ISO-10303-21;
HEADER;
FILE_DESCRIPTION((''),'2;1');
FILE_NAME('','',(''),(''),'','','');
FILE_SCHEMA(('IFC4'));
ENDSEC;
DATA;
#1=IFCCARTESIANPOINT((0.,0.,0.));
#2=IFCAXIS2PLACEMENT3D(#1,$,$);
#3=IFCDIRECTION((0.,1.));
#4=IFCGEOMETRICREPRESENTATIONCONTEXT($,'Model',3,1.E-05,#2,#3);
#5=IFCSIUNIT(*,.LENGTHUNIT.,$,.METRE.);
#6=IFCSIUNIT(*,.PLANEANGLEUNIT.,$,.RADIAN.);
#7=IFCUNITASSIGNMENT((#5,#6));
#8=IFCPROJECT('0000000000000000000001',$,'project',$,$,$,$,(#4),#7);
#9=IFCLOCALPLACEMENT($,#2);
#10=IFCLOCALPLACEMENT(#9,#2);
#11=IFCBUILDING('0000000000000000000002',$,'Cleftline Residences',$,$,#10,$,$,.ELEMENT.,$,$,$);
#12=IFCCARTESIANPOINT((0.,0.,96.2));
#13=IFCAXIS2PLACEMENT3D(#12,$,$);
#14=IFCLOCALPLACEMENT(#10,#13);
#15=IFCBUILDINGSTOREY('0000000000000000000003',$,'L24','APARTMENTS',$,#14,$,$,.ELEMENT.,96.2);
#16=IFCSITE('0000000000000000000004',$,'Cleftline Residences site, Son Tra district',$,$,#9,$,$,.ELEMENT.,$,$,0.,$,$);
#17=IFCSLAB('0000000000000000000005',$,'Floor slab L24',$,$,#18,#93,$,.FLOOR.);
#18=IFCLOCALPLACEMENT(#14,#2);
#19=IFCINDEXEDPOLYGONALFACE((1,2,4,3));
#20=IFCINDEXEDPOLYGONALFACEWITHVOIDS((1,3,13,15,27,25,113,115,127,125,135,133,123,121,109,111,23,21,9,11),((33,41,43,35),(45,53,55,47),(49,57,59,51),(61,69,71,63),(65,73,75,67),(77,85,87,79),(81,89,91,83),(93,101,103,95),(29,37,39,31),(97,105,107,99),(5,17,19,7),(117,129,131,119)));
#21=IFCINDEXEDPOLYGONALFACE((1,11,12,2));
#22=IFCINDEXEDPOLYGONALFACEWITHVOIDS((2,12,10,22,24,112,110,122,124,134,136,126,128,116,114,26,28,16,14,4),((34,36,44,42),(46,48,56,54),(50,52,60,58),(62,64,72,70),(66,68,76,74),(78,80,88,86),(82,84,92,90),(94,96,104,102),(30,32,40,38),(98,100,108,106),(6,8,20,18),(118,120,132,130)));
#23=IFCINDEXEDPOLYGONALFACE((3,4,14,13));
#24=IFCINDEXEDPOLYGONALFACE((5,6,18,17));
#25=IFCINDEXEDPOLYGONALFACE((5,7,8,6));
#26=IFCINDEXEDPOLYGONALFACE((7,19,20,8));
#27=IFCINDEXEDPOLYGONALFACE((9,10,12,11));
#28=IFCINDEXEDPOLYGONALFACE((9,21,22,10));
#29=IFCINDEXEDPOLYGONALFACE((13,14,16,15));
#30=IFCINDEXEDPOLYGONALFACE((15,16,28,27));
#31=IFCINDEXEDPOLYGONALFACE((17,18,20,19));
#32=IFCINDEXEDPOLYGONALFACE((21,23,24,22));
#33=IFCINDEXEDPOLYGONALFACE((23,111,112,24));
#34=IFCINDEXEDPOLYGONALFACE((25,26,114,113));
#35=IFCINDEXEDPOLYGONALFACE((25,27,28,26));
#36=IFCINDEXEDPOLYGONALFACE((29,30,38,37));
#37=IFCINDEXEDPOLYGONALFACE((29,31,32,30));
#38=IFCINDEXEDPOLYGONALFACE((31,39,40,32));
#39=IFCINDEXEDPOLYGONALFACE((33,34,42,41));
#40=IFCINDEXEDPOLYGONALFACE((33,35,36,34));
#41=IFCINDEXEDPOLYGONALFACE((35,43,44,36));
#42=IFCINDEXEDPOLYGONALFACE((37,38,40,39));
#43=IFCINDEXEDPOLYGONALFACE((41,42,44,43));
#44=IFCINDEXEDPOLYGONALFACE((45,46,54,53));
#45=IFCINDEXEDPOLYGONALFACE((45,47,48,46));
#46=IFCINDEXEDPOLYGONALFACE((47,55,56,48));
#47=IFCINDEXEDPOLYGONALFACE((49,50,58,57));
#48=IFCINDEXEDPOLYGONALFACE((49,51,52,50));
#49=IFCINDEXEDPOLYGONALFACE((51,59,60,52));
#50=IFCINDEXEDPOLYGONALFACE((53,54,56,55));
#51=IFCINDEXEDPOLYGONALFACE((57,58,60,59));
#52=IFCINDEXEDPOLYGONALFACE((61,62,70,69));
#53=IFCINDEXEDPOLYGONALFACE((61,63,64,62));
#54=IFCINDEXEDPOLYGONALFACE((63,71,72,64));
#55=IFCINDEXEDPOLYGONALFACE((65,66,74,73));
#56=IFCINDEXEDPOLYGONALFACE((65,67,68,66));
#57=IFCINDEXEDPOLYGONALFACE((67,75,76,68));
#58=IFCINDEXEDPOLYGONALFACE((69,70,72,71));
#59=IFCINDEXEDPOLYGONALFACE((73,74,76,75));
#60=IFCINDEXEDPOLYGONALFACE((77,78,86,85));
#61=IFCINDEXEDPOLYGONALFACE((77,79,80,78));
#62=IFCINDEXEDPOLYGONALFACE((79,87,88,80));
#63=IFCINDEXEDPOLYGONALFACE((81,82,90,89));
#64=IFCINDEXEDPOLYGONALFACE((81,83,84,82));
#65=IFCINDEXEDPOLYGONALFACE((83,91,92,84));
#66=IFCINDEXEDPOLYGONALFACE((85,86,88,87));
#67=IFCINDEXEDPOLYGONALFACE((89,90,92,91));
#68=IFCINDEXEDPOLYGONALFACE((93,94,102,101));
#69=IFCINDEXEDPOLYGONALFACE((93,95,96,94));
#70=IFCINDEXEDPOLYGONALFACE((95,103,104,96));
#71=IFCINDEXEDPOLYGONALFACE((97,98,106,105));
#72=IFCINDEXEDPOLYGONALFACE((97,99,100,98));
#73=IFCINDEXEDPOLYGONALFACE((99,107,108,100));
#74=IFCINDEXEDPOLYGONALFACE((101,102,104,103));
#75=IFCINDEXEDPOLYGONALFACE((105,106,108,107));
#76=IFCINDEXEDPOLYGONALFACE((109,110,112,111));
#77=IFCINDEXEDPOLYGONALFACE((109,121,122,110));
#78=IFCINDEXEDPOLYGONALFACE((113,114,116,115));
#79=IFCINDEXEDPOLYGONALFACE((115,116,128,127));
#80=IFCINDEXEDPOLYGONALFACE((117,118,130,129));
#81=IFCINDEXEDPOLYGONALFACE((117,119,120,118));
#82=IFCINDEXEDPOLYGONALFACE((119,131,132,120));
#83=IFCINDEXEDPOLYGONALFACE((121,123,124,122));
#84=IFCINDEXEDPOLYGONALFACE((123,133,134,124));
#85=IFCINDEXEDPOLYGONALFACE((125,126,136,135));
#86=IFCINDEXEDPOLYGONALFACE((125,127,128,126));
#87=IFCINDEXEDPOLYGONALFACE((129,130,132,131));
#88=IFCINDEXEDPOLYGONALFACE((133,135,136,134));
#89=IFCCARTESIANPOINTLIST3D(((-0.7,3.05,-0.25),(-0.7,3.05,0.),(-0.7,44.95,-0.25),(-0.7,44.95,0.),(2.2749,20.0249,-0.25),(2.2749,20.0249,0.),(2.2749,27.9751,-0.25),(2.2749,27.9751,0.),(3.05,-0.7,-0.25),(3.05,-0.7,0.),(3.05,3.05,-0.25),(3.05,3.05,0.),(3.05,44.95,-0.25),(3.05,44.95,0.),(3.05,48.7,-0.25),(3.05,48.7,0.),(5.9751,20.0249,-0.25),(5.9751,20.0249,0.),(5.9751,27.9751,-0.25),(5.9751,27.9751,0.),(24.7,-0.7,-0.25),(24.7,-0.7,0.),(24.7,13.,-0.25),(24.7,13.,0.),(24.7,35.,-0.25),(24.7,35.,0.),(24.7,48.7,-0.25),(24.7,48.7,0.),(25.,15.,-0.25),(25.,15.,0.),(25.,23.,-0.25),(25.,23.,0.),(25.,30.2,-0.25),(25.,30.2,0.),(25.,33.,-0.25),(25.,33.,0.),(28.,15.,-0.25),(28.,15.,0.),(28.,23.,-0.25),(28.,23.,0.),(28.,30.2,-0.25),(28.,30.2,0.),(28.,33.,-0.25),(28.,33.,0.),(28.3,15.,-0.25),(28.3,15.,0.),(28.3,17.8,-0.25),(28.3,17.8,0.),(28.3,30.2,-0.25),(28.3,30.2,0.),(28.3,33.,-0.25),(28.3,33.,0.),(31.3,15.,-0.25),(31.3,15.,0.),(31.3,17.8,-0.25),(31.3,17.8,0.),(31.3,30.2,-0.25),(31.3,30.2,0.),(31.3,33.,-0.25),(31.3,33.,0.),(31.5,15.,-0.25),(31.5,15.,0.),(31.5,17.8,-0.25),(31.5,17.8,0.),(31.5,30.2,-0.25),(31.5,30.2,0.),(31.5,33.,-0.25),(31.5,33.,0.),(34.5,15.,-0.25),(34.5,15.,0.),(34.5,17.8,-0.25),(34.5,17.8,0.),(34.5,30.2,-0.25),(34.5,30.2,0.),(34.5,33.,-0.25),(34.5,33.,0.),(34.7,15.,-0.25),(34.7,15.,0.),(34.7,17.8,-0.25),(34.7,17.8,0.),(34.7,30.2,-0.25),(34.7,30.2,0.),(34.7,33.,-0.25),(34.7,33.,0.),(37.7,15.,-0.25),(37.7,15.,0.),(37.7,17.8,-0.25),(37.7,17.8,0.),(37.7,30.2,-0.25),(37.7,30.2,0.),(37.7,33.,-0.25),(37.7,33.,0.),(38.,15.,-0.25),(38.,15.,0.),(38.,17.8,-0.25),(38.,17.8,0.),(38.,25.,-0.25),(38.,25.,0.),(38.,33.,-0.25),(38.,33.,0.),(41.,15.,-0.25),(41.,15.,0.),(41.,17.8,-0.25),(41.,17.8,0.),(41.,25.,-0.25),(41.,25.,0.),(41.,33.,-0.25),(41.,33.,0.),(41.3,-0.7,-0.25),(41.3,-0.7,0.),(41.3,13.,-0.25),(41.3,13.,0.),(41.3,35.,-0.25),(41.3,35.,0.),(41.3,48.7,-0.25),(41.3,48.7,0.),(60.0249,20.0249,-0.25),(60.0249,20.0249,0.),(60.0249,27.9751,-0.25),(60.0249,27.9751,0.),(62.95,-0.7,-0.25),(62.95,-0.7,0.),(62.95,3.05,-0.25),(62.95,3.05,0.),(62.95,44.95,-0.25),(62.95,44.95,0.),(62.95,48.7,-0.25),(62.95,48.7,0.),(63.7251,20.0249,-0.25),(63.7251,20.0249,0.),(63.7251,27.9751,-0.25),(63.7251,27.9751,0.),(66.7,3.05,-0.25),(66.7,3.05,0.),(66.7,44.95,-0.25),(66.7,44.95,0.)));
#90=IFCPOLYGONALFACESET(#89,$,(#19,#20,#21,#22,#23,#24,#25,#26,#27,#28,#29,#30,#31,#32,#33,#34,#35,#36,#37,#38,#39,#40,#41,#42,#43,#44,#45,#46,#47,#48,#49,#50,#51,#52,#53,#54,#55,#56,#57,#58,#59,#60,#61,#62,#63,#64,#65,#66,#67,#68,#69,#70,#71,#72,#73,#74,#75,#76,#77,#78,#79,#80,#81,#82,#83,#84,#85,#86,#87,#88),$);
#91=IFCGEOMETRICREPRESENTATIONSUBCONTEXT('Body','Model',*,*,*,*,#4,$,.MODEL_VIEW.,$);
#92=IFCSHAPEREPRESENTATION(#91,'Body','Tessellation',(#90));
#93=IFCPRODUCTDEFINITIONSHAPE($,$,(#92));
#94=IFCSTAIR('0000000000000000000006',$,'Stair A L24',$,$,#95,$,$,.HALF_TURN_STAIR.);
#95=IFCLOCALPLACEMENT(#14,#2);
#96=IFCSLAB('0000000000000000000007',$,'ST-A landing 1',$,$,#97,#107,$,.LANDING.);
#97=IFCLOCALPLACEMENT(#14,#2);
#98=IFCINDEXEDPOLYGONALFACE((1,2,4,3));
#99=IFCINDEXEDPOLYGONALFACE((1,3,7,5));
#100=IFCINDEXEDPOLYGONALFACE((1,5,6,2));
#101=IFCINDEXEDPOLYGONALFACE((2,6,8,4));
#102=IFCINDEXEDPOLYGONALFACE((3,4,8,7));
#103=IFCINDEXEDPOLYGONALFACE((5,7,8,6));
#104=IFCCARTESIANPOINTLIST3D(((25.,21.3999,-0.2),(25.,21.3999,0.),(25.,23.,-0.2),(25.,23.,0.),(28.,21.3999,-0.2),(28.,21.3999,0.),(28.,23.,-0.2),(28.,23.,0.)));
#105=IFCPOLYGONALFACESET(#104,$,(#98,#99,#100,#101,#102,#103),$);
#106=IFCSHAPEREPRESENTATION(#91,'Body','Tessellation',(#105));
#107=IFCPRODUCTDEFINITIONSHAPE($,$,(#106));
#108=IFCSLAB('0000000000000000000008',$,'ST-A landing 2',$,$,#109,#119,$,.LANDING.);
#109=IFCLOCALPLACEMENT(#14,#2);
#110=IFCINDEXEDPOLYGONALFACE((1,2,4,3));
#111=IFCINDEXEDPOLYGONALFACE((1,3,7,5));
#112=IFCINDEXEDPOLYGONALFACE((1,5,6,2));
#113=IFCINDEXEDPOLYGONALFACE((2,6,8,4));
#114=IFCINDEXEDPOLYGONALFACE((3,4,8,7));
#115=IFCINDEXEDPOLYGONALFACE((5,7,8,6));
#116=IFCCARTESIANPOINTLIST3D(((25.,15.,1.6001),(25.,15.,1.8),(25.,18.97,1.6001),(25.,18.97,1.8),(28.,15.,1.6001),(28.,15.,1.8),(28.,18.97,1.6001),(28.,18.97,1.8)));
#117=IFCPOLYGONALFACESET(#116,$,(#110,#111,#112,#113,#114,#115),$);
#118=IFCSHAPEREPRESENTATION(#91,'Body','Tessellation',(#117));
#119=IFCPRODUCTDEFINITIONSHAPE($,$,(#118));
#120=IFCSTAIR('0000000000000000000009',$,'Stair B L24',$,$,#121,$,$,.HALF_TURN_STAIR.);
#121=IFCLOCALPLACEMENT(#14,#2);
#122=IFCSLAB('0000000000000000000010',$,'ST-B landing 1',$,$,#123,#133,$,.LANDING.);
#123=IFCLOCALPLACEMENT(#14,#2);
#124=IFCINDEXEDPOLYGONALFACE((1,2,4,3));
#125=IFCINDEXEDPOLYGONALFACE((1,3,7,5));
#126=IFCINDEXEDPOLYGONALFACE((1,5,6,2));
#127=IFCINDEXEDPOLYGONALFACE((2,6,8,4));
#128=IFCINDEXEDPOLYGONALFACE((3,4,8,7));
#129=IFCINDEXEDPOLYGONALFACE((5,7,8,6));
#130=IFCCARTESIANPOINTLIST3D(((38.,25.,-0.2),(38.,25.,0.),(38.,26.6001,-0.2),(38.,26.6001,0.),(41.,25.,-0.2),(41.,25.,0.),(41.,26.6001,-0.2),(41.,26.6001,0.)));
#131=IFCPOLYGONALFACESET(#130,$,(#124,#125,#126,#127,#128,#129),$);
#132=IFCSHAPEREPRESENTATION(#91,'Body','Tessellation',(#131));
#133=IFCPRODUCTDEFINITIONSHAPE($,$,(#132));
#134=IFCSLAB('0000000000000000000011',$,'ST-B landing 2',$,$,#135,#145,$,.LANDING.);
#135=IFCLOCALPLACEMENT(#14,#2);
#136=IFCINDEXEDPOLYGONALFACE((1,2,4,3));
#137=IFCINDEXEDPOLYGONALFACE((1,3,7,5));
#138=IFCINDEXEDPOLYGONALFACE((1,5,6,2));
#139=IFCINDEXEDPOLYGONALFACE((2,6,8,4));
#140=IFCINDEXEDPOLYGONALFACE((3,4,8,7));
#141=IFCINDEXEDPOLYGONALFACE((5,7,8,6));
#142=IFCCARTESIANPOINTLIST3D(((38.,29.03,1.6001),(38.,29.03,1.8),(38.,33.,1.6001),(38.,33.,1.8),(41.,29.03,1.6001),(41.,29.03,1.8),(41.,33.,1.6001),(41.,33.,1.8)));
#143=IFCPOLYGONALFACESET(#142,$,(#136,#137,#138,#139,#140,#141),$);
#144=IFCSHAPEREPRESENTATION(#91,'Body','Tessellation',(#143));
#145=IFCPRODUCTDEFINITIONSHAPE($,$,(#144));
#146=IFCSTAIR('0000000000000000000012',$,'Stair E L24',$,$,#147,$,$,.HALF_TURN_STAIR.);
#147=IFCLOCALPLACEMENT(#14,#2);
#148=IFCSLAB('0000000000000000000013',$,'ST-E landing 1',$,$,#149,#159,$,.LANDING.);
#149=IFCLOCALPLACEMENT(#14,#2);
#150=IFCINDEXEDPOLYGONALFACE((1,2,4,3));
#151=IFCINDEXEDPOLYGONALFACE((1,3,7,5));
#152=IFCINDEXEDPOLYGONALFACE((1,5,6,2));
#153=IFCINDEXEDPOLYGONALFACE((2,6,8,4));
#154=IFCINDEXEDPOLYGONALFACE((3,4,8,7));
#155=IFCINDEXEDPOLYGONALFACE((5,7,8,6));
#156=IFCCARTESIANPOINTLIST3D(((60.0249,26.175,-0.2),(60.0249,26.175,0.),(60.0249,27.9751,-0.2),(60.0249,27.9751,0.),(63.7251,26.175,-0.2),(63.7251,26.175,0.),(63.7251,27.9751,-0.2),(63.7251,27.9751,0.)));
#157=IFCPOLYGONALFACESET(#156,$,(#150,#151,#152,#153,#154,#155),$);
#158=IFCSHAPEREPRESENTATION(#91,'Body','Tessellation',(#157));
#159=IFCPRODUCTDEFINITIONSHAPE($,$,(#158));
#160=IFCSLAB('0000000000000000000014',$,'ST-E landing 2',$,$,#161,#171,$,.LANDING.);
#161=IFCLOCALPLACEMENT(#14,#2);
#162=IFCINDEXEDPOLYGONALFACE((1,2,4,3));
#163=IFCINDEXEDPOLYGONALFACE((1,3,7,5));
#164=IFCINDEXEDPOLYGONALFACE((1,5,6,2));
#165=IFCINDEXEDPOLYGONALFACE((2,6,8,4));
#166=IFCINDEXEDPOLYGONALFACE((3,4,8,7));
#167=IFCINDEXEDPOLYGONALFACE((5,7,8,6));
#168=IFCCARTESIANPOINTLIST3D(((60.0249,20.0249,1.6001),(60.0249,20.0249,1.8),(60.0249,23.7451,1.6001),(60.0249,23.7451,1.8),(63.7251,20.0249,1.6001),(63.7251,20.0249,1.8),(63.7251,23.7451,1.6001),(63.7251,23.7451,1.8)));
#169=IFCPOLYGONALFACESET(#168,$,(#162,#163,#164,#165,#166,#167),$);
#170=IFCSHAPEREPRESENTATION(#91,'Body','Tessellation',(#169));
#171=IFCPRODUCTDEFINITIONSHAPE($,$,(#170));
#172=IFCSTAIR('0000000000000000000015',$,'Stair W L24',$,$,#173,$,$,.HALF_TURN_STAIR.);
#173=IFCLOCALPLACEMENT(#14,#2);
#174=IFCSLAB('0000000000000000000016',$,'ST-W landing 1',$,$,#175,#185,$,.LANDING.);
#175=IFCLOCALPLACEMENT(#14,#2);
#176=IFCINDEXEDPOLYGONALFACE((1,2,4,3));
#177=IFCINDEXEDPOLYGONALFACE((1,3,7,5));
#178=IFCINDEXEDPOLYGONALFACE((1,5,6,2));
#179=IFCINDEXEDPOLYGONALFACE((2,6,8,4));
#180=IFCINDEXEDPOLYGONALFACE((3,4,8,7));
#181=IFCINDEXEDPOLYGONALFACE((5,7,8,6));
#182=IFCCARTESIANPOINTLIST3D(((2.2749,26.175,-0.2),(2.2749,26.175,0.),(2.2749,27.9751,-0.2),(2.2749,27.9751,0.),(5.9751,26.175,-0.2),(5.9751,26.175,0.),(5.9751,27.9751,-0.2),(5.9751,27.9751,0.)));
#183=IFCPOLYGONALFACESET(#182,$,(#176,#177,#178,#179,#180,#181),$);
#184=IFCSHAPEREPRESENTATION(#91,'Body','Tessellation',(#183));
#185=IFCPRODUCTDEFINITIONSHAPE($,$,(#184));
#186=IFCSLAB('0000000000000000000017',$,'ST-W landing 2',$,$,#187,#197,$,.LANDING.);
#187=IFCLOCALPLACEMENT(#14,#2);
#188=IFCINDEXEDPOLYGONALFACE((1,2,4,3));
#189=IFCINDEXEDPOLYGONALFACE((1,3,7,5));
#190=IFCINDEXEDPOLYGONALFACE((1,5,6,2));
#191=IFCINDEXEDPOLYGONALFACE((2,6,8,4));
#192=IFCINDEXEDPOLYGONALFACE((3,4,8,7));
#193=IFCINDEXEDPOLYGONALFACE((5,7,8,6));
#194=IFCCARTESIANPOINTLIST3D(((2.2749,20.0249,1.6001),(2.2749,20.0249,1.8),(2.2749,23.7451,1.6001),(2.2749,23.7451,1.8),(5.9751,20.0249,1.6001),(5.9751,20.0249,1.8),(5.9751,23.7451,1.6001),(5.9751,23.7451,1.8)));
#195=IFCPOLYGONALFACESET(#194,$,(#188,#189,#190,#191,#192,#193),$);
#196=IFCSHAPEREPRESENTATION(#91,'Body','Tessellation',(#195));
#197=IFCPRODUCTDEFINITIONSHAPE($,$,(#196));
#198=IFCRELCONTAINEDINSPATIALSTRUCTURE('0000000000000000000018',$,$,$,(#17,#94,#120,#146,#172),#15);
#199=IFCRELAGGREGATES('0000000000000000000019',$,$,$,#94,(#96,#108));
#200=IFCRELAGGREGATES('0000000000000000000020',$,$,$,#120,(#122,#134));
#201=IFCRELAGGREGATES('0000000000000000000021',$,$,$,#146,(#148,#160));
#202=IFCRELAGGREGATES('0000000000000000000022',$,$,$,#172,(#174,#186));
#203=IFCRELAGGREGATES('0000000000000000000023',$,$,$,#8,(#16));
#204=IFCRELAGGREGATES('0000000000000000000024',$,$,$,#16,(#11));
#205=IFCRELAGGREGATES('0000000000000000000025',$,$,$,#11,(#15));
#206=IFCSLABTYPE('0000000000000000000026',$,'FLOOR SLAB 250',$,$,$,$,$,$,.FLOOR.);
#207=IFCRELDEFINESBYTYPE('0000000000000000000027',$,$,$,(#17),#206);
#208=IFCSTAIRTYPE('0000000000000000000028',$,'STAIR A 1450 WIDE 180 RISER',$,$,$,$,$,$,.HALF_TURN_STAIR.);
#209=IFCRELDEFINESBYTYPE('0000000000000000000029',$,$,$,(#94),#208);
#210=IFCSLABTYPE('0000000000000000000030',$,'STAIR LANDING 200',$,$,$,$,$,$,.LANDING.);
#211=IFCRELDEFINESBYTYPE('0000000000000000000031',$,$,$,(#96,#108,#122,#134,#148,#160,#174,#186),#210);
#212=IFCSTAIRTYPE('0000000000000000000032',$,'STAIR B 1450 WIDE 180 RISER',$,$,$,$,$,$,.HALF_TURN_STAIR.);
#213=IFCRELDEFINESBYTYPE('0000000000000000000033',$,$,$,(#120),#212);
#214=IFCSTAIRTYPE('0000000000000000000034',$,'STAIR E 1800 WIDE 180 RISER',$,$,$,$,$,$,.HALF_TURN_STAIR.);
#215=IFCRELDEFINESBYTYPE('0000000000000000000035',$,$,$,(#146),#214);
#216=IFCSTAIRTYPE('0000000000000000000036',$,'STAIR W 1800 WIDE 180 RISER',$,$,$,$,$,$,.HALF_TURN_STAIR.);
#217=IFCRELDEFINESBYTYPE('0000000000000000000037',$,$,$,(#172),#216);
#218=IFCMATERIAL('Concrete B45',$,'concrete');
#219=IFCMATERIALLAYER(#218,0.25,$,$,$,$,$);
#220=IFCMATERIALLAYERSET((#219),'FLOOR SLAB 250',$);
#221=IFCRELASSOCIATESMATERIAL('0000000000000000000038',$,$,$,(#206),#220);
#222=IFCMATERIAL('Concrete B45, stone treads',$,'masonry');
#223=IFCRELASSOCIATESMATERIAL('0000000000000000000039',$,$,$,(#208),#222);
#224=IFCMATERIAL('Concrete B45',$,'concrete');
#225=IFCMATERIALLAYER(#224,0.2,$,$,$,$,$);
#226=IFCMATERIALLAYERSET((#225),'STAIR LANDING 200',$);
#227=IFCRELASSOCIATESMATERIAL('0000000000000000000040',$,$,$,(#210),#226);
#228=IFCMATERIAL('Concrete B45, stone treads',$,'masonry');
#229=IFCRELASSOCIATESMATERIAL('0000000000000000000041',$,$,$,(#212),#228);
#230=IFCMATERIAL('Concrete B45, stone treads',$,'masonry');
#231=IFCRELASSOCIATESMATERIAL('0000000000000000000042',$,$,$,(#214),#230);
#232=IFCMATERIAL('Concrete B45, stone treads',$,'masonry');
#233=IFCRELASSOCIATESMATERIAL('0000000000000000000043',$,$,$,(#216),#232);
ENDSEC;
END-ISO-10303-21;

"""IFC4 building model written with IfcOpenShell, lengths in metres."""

from ifc_helpers import new_model, si_unit, direction, frame, origin, place, context, subcontext, project, spatial, polyline, outline, extrude, material, layer, layer_set, type_object, element, aggregate, save


model = new_model("IFC4")

# Units and contexts
model_context = context("Model", 3, precision=1e-05, world=origin(), true_north=direction((0.0, 1.0)))
body_context = subcontext(model_context, "Body", "Model", "MODEL_VIEW")
ifc_project = project(units=[si_unit("LENGTHUNIT", "METRE"), si_unit("PLANEANGLEUNIT", "RADIAN")], contexts=[model_context])

# Site, building, storey
site_placement = place(None, origin())
site = spatial("IfcSite", under=ifc_project, at=site_placement, Name="Cleftline Residences site, Son Tra district", CompositionType="ELEMENT", RefElevation=0.0)
building_placement = place(site_placement, origin())
building = spatial("IfcBuilding", under=site, at=building_placement, Name="Cleftline Residences", CompositionType="ELEMENT")
storey_placement = place(building_placement, frame((0.0, 0.0, 96.2)))
storey = spatial("IfcBuildingStorey", under=building, at=storey_placement, Name="L24", Description="APARTMENTS", CompositionType="ELEMENT", Elevation=96.2)

# Slab
ifc_material_1 = material(Name="Concrete B45", Category="concrete")
ifc_layer_1 = layer(ifc_material_1, 0.25)
ifc_layer_set_1 = layer_set([ifc_layer_1], Name="FLOOR SLAB 250")
slab_type_1 = type_object("IfcSlabType", Name="FLOOR SLAB 250", PredefinedType="FLOOR", material=ifc_layer_set_1)
slab_1_placement = place(storey_placement, frame((0.0, 0.0, -0.25)))
element("IfcSlab", 1, at=slab_1_placement, inside=storey, type_object=slab_type_1, Name="Floor slab L24", PredefinedType="FLOOR", context=body_context, shape_type="SweptSolid", body=[
    extrude(outline(polyline([(24.7, 13.0), (41.3, 13.0), (41.3, -0.7), (62.95, -0.7), (62.95, 3.05), (66.7, 3.05), (66.7, 44.95), (62.95, 44.95), (62.95, 48.7), (41.3, 48.7), (41.3, 35.0), (24.7, 35.0), (24.7, 48.7), (3.05, 48.7), (3.05, 44.95), (-0.7, 44.95), (-0.7, 3.05), (3.05, 3.05), (3.05, -0.7), (24.7, -0.7), (24.7, 13.0)]), holes=[polyline([(28.0, 15.0), (28.0, 23.0), (25.0, 23.0), (25.0, 15.0), (28.0, 15.0)]), polyline([(41.0, 25.0), (41.0, 33.0), (38.0, 33.0), (38.0, 25.0), (41.0, 25.0)]), polyline([(28.0, 30.2), (28.0, 33.0), (25.0, 33.0), (25.0, 30.2), (28.0, 30.2)]), polyline([(41.0, 15.0), (41.0, 17.8), (38.0, 17.8), (38.0, 15.0), (41.0, 15.0)]), polyline([(31.3, 15.0), (31.3, 17.8), (28.3, 17.8), (28.3, 15.0), (31.3, 15.0)]), polyline([(34.5, 15.0), (34.5, 17.8), (31.5, 17.8), (31.5, 15.0), (34.5, 15.0)]), polyline([(37.7, 15.0), (37.7, 17.8), (34.7, 17.8), (34.7, 15.0), (37.7, 15.0)]), polyline([(31.3, 30.2), (31.3, 33.0), (28.3, 33.0), (28.3, 30.2), (31.3, 30.2)]), polyline([(34.5, 30.2), (34.5, 33.0), (31.5, 33.0), (31.5, 30.2), (34.5, 30.2)]), polyline([(37.7, 30.2), (37.7, 33.0), (34.7, 33.0), (34.7, 30.2), (37.7, 30.2)]), polyline([(63.7251, 20.0249), (63.7251, 27.9751), (60.0249, 27.9751), (60.0249, 20.0249), (63.7251, 20.0249)]), polyline([(5.9751, 20.0249), (5.9751, 27.9751), (2.2749, 27.9751), (2.2749, 20.0249), (5.9751, 20.0249)])]), origin(), (0.0, 0.0, 1.0), 0.25),
])

# Stairs, slabs
ifc_material_2 = material(Name="Concrete B45, stone treads", Category="masonry")
stair_type_1 = type_object("IfcStairType", Name="STAIR A 1450 WIDE 180 RISER", PredefinedType="HALF_TURN_STAIR", material=ifc_material_2)
stair_1_placement = place(storey_placement, origin())
stair_1 = element("IfcStair", 2, at=stair_1_placement, inside=storey, type_object=stair_type_1, Name="Stair A L24", PredefinedType="HALF_TURN_STAIR")
ifc_material_3 = material(Name="Concrete B45", Category="concrete")
ifc_layer_2 = layer(ifc_material_3, 0.2)
ifc_layer_set_2 = layer_set([ifc_layer_2], Name="STAIR LANDING 200")
slab_type_2 = type_object("IfcSlabType", Name="STAIR LANDING 200", PredefinedType="LANDING", material=ifc_layer_set_2)
slab_2_placement = place(storey_placement, frame((0.0, 0.0, -0.2)))
slab_2 = element("IfcSlab", 3, at=slab_2_placement, type_object=slab_type_2, Name="ST-A landing 1", PredefinedType="LANDING", context=body_context, shape_type="SweptSolid", body=[
    extrude(outline(polyline([(25.0, 21.3999), (28.0, 21.3999), (28.0, 23.0), (25.0, 23.0), (25.0, 21.3999)])), origin(), (0.0, 0.0, 1.0), 0.2),
])
slab_3_placement = place(storey_placement, frame((0.0, 0.0, 1.6001)))
slab_3 = element("IfcSlab", 4, at=slab_3_placement, type_object=slab_type_2, Name="ST-A landing 2", PredefinedType="LANDING", context=body_context, shape_type="SweptSolid", body=[
    extrude(outline(polyline([(25.0, 15.0), (28.0, 15.0), (28.0, 18.97), (25.0, 18.97), (25.0, 15.0)])), origin(), (0.0, 0.0, 1.0), 0.2),
])
aggregate(stair_1, [slab_2, slab_3])
ifc_material_4 = material(Name="Concrete B45, stone treads", Category="masonry")
stair_type_2 = type_object("IfcStairType", Name="STAIR B 1450 WIDE 180 RISER", PredefinedType="HALF_TURN_STAIR", material=ifc_material_4)
stair_2_placement = place(storey_placement, origin())
stair_2 = element("IfcStair", 5, at=stair_2_placement, inside=storey, type_object=stair_type_2, Name="Stair B L24", PredefinedType="HALF_TURN_STAIR")
slab_4_placement = place(storey_placement, frame((0.0, 0.0, -0.2)))
slab_4 = element("IfcSlab", 6, at=slab_4_placement, type_object=slab_type_2, Name="ST-B landing 1", PredefinedType="LANDING", context=body_context, shape_type="SweptSolid", body=[
    extrude(outline(polyline([(38.0, 25.0), (41.0, 25.0), (41.0, 26.6001), (38.0, 26.6001), (38.0, 25.0)])), origin(), (0.0, 0.0, 1.0), 0.2),
])
slab_5_placement = place(storey_placement, frame((0.0, 0.0, 1.6001)))
slab_5 = element("IfcSlab", 7, at=slab_5_placement, type_object=slab_type_2, Name="ST-B landing 2", PredefinedType="LANDING", context=body_context, shape_type="SweptSolid", body=[
    extrude(outline(polyline([(38.0, 29.03), (41.0, 29.03), (41.0, 33.0), (38.0, 33.0), (38.0, 29.03)])), origin(), (0.0, 0.0, 1.0), 0.2),
])
aggregate(stair_2, [slab_4, slab_5])
ifc_material_5 = material(Name="Concrete B45, stone treads", Category="masonry")
stair_type_3 = type_object("IfcStairType", Name="STAIR E 1800 WIDE 180 RISER", PredefinedType="HALF_TURN_STAIR", material=ifc_material_5)
stair_3_placement = place(storey_placement, origin())
stair_3 = element("IfcStair", 8, at=stair_3_placement, inside=storey, type_object=stair_type_3, Name="Stair E L24", PredefinedType="HALF_TURN_STAIR")
slab_6_placement = place(storey_placement, frame((0.0, 0.0, -0.2)))
slab_6 = element("IfcSlab", 9, at=slab_6_placement, type_object=slab_type_2, Name="ST-E landing 1", PredefinedType="LANDING", context=body_context, shape_type="SweptSolid", body=[
    extrude(outline(polyline([(60.0249, 26.175), (63.7251, 26.175), (63.7251, 27.9751), (60.0249, 27.9751), (60.0249, 26.175)])), origin(), (0.0, 0.0, 1.0), 0.2),
])
slab_7_placement = place(storey_placement, frame((0.0, 0.0, 1.6001)))
slab_7 = element("IfcSlab", 10, at=slab_7_placement, type_object=slab_type_2, Name="ST-E landing 2", PredefinedType="LANDING", context=body_context, shape_type="SweptSolid", body=[
    extrude(outline(polyline([(60.0249, 20.0249), (63.7251, 20.0249), (63.7251, 23.7451), (60.0249, 23.7451), (60.0249, 20.0249)])), origin(), (0.0, 0.0, 1.0), 0.2),
])
aggregate(stair_3, [slab_6, slab_7])
ifc_material_6 = material(Name="Concrete B45, stone treads", Category="masonry")
stair_type_4 = type_object("IfcStairType", Name="STAIR W 1800 WIDE 180 RISER", PredefinedType="HALF_TURN_STAIR", material=ifc_material_6)
stair_4_placement = place(storey_placement, origin())
stair_4 = element("IfcStair", 11, at=stair_4_placement, inside=storey, type_object=stair_type_4, Name="Stair W L24", PredefinedType="HALF_TURN_STAIR")
slab_8_placement = place(storey_placement, frame((0.0, 0.0, -0.2)))
slab_8 = element("IfcSlab", 12, at=slab_8_placement, type_object=slab_type_2, Name="ST-W landing 1", PredefinedType="LANDING", context=body_context, shape_type="SweptSolid", body=[
    extrude(outline(polyline([(2.2749, 26.175), (5.9751, 26.175), (5.9751, 27.9751), (2.2749, 27.9751), (2.2749, 26.175)])), origin(), (0.0, 0.0, 1.0), 0.2),
])
slab_9_placement = place(storey_placement, frame((0.0, 0.0, 1.6001)))
slab_9 = element("IfcSlab", 13, at=slab_9_placement, type_object=slab_type_2, Name="ST-W landing 2", PredefinedType="LANDING", context=body_context, shape_type="SweptSolid", body=[
    extrude(outline(polyline([(2.2749, 20.0249), (5.9751, 20.0249), (5.9751, 23.7451), (2.2749, 23.7451), (2.2749, 20.0249)])), origin(), (0.0, 0.0, 1.0), 0.2),
])
aggregate(stair_4, [slab_8, slab_9])

save(model, "model.ifc")
